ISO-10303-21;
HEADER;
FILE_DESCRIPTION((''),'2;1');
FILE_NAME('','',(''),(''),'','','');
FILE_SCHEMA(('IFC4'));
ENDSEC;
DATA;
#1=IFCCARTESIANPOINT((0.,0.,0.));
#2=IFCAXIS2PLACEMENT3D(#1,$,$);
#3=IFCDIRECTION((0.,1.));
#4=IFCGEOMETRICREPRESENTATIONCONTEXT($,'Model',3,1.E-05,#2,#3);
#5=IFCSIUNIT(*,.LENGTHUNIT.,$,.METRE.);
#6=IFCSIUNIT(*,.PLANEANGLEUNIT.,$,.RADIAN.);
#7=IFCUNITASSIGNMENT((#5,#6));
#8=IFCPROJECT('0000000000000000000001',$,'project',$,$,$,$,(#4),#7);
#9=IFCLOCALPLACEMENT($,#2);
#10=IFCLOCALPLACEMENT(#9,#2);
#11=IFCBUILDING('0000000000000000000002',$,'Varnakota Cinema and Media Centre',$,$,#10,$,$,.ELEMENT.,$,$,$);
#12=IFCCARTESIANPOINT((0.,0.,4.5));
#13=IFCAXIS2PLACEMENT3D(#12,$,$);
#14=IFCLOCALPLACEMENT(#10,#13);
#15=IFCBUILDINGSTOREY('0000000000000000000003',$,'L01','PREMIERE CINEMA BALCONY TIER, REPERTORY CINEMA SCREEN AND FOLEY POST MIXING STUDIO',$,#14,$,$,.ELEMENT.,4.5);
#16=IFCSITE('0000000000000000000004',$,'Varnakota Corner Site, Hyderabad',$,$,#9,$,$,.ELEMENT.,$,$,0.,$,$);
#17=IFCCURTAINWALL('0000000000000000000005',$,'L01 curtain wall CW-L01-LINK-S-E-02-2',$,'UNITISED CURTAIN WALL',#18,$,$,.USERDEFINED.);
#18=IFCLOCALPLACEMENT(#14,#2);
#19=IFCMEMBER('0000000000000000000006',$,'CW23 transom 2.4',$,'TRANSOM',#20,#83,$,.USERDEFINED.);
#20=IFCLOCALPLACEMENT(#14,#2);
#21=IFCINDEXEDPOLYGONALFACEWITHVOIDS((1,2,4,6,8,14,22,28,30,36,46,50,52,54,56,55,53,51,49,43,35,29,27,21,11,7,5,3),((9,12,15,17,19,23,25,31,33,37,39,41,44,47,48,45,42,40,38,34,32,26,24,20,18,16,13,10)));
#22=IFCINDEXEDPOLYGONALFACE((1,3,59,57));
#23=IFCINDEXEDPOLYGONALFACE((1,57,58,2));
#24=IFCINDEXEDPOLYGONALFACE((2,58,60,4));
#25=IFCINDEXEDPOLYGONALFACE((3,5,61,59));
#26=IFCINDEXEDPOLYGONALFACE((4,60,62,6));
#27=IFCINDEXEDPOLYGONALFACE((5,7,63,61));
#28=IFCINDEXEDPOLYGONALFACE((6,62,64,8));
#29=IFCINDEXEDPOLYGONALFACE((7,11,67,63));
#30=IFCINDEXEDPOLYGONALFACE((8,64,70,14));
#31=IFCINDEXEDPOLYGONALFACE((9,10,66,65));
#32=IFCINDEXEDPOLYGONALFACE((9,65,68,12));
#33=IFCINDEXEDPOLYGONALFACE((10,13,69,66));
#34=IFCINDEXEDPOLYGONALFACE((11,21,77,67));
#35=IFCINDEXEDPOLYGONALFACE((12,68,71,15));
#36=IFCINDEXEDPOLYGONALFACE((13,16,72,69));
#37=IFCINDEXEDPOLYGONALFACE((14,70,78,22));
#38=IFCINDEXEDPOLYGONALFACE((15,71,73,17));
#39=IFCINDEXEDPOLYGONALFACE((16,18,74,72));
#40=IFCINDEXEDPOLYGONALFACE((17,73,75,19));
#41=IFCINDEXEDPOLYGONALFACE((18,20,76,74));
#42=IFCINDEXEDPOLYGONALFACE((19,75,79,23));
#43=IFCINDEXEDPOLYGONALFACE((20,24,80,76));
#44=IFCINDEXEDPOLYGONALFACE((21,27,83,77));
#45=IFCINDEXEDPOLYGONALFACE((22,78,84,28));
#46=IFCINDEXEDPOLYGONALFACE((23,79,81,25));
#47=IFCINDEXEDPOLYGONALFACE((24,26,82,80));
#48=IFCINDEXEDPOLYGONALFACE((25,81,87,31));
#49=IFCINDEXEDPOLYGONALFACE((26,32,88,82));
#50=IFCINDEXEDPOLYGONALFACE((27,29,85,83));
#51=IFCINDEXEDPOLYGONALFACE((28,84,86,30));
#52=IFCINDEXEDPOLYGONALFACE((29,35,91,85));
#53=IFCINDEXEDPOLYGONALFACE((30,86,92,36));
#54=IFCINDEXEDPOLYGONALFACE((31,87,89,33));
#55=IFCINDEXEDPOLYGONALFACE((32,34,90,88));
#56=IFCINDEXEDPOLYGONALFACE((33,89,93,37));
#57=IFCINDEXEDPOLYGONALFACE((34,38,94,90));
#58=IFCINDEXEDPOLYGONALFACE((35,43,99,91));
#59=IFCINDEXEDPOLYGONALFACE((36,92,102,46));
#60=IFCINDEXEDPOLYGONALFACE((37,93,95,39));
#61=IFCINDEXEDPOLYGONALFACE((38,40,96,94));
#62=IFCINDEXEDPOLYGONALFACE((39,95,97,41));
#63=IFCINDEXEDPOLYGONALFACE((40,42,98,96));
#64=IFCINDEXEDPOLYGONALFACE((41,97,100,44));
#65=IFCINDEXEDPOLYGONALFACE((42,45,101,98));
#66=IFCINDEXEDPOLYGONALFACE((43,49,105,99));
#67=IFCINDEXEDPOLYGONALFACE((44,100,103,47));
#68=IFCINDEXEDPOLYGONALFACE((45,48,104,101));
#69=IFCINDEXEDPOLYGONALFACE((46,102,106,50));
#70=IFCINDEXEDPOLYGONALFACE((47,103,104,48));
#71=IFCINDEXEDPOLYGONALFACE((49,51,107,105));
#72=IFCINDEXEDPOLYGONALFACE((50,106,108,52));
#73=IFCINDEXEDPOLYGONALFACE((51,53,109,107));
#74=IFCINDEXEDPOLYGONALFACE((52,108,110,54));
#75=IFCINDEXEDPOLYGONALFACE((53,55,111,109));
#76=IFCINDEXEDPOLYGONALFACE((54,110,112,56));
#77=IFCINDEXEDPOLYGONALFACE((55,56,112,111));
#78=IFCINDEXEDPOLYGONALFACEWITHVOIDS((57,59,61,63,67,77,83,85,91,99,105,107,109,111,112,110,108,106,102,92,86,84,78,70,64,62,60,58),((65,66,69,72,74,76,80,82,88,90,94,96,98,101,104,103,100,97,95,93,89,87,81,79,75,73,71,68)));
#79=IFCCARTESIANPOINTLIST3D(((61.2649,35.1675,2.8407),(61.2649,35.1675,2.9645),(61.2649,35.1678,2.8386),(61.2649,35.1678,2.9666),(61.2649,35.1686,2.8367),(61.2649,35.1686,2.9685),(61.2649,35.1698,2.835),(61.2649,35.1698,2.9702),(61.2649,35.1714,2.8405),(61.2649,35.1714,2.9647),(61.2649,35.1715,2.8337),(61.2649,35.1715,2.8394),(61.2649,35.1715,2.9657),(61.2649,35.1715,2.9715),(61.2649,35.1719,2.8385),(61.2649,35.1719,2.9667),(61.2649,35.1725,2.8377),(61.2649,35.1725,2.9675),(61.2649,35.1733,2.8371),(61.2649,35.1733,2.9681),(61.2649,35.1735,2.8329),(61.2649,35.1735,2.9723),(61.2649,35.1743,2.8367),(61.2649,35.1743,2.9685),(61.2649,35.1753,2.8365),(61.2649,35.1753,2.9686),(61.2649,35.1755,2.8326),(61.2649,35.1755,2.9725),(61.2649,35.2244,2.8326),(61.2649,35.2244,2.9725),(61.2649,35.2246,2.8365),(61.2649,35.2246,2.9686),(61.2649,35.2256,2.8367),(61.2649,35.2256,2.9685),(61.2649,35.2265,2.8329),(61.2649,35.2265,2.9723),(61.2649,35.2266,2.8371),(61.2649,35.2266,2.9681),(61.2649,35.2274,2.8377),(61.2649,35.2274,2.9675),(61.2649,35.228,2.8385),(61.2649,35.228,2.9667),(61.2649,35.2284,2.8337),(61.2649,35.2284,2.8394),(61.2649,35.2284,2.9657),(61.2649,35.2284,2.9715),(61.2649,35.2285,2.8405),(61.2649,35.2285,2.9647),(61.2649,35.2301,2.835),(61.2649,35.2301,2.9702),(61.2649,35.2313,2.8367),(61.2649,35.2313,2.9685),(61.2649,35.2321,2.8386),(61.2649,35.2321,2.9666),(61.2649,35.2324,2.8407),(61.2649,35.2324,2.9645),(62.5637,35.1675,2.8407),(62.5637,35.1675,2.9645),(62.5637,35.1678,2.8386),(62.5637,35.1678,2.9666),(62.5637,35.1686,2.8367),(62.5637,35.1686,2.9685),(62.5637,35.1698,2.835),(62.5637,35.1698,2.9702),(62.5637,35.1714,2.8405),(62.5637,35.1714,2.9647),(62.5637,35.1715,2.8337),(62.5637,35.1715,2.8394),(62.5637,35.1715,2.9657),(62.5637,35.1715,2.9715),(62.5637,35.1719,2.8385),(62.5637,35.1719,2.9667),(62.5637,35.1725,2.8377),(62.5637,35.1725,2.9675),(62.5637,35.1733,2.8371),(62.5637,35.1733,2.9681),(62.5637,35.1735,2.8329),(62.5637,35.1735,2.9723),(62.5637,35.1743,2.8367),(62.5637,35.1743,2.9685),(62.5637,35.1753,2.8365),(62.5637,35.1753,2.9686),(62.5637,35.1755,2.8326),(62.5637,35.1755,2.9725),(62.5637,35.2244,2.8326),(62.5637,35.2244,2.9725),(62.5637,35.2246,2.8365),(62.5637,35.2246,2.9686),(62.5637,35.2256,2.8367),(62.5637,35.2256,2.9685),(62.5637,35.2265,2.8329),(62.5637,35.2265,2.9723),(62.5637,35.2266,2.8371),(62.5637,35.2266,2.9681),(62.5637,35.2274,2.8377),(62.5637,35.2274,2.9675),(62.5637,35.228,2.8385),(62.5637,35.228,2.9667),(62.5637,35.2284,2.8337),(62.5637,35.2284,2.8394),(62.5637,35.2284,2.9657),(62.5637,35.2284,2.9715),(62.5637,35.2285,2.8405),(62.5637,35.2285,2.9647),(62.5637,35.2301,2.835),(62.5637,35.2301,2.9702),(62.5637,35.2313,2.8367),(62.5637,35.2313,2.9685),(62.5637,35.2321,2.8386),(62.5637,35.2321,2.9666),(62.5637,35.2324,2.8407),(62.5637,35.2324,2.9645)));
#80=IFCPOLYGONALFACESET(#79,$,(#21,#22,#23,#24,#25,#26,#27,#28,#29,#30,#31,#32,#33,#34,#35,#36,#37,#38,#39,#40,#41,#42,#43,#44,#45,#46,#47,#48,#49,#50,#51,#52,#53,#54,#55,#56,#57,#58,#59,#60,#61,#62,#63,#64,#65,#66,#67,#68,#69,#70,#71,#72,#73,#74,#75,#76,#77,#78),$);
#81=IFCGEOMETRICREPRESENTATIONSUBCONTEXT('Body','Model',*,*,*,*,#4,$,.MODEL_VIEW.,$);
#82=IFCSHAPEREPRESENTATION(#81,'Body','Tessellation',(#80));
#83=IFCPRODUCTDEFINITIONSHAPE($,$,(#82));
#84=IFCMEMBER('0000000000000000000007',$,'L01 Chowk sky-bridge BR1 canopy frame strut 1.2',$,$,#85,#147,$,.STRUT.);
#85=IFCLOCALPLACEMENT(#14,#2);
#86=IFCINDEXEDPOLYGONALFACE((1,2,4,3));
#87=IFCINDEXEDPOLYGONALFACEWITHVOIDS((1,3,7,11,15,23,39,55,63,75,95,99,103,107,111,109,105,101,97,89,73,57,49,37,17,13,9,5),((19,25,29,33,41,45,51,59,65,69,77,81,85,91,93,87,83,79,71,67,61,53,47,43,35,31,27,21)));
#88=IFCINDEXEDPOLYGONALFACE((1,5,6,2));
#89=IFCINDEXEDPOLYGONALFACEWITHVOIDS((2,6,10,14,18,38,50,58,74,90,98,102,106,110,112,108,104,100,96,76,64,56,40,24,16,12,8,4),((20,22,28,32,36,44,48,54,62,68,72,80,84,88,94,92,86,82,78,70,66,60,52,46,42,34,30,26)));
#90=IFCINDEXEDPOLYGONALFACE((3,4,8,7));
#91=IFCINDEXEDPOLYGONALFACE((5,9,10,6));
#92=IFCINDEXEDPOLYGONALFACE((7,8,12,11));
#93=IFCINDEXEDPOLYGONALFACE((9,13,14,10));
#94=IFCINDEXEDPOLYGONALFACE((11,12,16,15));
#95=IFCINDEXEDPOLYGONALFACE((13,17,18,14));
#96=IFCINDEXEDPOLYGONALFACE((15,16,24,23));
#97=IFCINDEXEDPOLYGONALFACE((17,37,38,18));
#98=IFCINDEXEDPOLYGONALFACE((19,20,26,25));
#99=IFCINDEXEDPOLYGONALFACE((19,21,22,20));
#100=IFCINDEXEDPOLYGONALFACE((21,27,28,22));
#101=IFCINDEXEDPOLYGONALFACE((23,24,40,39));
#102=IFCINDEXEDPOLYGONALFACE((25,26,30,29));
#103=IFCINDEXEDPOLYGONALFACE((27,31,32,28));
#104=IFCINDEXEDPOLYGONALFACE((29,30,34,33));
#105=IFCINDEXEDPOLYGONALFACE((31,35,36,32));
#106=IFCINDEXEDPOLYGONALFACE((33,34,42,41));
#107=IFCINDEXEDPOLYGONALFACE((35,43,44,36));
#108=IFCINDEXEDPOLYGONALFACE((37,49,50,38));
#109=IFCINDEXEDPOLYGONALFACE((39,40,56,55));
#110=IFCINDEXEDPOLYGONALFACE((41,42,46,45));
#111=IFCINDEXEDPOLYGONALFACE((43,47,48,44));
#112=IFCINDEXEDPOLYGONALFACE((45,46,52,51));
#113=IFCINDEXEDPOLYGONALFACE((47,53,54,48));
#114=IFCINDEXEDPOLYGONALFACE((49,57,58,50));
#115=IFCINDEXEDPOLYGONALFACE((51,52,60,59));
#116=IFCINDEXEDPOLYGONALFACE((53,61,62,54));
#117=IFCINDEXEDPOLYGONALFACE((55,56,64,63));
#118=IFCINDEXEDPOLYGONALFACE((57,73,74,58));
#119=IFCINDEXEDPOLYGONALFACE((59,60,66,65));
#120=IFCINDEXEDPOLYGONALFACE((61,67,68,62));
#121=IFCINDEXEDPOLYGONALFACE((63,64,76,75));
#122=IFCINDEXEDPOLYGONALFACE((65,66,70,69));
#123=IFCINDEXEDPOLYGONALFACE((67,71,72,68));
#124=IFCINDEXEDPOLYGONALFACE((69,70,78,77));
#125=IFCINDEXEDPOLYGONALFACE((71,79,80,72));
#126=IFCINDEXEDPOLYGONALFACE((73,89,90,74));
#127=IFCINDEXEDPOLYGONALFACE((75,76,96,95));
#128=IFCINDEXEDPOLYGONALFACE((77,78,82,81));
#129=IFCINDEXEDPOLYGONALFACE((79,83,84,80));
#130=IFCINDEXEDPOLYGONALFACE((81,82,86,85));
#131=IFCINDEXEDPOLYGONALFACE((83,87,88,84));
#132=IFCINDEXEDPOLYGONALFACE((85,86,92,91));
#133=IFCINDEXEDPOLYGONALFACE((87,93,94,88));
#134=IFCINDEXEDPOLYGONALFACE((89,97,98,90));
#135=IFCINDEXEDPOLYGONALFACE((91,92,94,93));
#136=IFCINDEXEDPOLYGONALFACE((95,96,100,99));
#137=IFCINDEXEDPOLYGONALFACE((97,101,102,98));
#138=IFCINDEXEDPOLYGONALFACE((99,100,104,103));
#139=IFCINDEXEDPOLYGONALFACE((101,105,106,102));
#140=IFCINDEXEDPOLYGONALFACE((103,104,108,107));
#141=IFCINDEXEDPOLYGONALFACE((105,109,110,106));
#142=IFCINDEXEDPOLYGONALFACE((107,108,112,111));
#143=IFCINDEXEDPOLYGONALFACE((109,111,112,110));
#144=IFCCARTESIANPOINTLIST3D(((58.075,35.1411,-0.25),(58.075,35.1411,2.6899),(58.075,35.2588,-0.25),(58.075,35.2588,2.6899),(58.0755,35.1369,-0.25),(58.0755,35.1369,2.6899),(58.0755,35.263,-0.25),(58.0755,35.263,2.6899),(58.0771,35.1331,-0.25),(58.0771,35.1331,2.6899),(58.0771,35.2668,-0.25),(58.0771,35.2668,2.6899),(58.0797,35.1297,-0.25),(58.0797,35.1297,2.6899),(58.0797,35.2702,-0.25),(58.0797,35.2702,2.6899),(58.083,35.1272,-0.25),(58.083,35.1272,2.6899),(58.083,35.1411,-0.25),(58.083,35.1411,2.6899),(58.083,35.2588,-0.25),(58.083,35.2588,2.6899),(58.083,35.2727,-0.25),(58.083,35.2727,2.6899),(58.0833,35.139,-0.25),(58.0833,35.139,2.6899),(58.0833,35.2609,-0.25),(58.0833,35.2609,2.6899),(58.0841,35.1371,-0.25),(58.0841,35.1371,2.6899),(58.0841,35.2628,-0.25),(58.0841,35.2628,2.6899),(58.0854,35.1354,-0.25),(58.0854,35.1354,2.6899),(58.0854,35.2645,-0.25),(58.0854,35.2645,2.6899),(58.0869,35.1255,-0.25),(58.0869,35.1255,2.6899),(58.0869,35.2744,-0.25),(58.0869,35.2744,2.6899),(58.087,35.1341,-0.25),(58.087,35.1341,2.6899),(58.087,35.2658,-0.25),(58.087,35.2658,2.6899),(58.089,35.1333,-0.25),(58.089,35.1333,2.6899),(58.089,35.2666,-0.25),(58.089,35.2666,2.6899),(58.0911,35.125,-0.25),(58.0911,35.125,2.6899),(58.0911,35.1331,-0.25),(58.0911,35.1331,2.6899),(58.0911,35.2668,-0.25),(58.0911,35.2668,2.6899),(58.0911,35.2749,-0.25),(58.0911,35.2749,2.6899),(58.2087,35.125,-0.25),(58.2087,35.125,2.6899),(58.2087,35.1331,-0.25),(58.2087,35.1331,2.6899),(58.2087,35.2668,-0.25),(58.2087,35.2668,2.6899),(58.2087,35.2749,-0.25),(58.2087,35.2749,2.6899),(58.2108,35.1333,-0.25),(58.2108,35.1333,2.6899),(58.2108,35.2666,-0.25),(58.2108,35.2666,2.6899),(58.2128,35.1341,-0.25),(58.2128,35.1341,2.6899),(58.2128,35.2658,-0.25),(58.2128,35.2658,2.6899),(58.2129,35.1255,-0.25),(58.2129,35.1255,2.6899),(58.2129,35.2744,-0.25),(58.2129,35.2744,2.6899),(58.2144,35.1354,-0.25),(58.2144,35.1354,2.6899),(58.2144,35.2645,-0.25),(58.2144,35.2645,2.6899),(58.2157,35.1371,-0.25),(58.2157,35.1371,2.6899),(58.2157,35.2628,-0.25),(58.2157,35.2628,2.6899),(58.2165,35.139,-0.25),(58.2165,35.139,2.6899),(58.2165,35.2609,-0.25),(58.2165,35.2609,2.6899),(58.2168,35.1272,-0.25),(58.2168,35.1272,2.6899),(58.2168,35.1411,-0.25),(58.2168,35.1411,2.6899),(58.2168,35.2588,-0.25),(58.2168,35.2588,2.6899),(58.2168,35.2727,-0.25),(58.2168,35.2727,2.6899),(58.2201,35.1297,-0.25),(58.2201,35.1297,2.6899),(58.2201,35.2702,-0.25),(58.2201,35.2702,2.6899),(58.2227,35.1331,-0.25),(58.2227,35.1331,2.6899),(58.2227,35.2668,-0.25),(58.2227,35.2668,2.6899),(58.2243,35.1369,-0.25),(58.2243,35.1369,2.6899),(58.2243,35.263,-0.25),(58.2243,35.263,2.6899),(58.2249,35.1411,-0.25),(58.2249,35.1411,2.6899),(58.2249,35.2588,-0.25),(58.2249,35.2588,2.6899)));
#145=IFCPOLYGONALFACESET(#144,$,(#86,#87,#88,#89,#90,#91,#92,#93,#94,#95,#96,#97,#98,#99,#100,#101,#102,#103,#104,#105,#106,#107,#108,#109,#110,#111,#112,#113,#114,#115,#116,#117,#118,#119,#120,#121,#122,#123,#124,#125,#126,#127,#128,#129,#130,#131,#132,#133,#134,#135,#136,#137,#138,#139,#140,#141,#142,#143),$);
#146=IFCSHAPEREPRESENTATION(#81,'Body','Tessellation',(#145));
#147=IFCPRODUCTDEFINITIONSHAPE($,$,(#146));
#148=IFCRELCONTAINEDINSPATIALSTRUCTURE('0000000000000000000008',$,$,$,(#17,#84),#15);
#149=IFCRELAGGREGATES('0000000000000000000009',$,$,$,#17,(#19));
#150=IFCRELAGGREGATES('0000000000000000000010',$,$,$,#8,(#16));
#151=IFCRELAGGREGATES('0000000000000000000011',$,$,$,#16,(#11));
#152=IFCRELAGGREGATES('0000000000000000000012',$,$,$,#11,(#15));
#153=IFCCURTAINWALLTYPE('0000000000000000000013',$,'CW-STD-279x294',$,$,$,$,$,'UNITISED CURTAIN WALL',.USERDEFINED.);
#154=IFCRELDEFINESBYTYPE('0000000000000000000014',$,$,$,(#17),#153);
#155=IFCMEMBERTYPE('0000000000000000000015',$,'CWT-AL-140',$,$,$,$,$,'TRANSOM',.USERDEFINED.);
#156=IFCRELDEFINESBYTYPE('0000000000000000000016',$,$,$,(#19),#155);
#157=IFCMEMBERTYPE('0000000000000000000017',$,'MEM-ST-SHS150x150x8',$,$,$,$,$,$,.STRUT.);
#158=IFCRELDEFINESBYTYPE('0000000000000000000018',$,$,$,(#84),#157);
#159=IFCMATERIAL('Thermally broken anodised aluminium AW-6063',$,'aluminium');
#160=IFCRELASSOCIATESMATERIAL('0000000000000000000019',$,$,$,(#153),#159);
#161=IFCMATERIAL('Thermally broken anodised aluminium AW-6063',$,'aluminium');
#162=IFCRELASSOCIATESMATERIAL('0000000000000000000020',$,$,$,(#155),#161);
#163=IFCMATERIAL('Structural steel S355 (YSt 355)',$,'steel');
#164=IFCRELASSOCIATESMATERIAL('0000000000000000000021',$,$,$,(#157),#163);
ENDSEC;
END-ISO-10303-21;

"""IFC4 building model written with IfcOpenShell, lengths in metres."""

from ifc_helpers import new_model, si_unit, direction, frame, origin, origin_2d, place, context, subcontext, project, spatial, hollow_rectangle, extrude, material, material_profile, profile_set, type_object, element, aggregate, save


model = new_model("IFC4")

# Units and contexts
model_context = context("Model", 3, precision=1e-05, world=origin(), true_north=direction((0.0, 1.0)))
body_context = subcontext(model_context, "Body", "Model", "MODEL_VIEW")
ifc_project = project(units=[si_unit("LENGTHUNIT", "METRE"), si_unit("PLANEANGLEUNIT", "RADIAN")], contexts=[model_context])

# Site, building, storey
site_placement = place(None, origin())
site = spatial("IfcSite", under=ifc_project, at=site_placement, Name="Varnakota Corner Site, Hyderabad", CompositionType="ELEMENT", RefElevation=0.0)
building_placement = place(site_placement, origin())
building = spatial("IfcBuilding", under=site, at=building_placement, Name="Varnakota Cinema and Media Centre", CompositionType="ELEMENT")
storey_placement = place(building_placement, frame((0.0, 0.0, 4.5)))
storey = spatial("IfcBuildingStorey", under=building, at=storey_placement, Name="L01", Description="PREMIERE CINEMA BALCONY TIER, REPERTORY CINEMA SCREEN AND FOLEY POST MIXING STUDIO", CompositionType="ELEMENT", Elevation=4.5)

# Curtain wall
ifc_material_1 = material(Name="Thermally broken anodised aluminium AW-6063", Category="aluminium")
curtain_wall_type_1 = type_object("IfcCurtainWallType", Name="CW-STD-279x294", ElementType="UNITISED CURTAIN WALL", PredefinedType="USERDEFINED", material=ifc_material_1)
curtain_wall_1_placement = place(storey_placement, origin())
curtain_wall_1 = element("IfcCurtainWall", 1, at=curtain_wall_1_placement, inside=storey, type_object=curtain_wall_type_1, Name="L01 curtain wall CW-L01-LINK-S-E-02-2", ObjectType="UNITISED CURTAIN WALL", PredefinedType="USERDEFINED")

# Shared definitions
ifc_material_2 = material(Name="Thermally broken anodised aluminium AW-6063", Category="aluminium")
ifc_material_profile_1 = material_profile(ifc_material_2, hollow_rectangle(XDim=0.0649, YDim=0.1399, WallThickness=0.0039, InnerFilletRadius=0.0039, OuterFilletRadius=0.0081, at=origin_2d()), Name="AL-TRANSOM 140x65x4")
ifc_profile_set_1 = profile_set([ifc_material_profile_1], Name="Thermally broken anodised aluminium AW-6063")
member_type_1 = type_object("IfcMemberType", Name="CWT-AL-140", ElementType="TRANSOM", PredefinedType="USERDEFINED", material=ifc_profile_set_1)

# Member
member_1_placement = place(storey_placement, frame((62.5637, 35.2, 2.9026), z_axis=(-1.0, 0.0, 0.0), x_axis=(0.0, -1.0, 0.0)))
member_1 = element("IfcMember", 2, at=member_1_placement, type_object=member_type_1, Name="CW23 transom 2.4", ObjectType="TRANSOM", PredefinedType="USERDEFINED", context=body_context, shape_type="SweptSolid", body=[
    extrude(hollow_rectangle(XDim=0.0649, YDim=0.1399, WallThickness=0.0039, InnerFilletRadius=0.0039, OuterFilletRadius=0.0081, at=origin_2d()), origin(), (0.0, 0.0, 1.0), 1.2988),
])

# Member
ifc_material_3 = material(Name="Structural steel S355 (YSt 355)", Category="steel")
ifc_material_profile_2 = material_profile(ifc_material_3, hollow_rectangle(XDim=0.1499, YDim=0.1499, WallThickness=0.0081, InnerFilletRadius=0.0081, OuterFilletRadius=0.0161, at=origin_2d()), Name="SHS 150x150x8")
ifc_profile_set_2 = profile_set([ifc_material_profile_2], Name="Structural steel S355 (YSt 355)")
member_type_2 = type_object("IfcMemberType", Name="MEM-ST-SHS150x150x8", PredefinedType="STRUT", material=ifc_profile_set_2)
for number, where, z_axis, x_axis, name in (
    (3, (58.1499, 35.2, -0.25), (0.0, 0.0, 1.0), (1.0, 0.0, 0.0), "L01 Chowk sky-bridge BR1 canopy frame strut 1.2"),
):
    element("IfcMember", number, at=place(storey_placement, frame(where, z_axis=z_axis, x_axis=x_axis)), inside=storey, type_object=member_type_2, Name=name, PredefinedType="STRUT", context=body_context, shape_type="SweptSolid", body=[
        extrude(hollow_rectangle(XDim=0.1499, YDim=0.1499, WallThickness=0.0081, InnerFilletRadius=0.0081, OuterFilletRadius=0.0161, at=origin_2d()), origin(), (0.0, 0.0, 1.0), 2.9399),
    ])

aggregate(curtain_wall_1, [member_1])

save(model, "model.ifc")
